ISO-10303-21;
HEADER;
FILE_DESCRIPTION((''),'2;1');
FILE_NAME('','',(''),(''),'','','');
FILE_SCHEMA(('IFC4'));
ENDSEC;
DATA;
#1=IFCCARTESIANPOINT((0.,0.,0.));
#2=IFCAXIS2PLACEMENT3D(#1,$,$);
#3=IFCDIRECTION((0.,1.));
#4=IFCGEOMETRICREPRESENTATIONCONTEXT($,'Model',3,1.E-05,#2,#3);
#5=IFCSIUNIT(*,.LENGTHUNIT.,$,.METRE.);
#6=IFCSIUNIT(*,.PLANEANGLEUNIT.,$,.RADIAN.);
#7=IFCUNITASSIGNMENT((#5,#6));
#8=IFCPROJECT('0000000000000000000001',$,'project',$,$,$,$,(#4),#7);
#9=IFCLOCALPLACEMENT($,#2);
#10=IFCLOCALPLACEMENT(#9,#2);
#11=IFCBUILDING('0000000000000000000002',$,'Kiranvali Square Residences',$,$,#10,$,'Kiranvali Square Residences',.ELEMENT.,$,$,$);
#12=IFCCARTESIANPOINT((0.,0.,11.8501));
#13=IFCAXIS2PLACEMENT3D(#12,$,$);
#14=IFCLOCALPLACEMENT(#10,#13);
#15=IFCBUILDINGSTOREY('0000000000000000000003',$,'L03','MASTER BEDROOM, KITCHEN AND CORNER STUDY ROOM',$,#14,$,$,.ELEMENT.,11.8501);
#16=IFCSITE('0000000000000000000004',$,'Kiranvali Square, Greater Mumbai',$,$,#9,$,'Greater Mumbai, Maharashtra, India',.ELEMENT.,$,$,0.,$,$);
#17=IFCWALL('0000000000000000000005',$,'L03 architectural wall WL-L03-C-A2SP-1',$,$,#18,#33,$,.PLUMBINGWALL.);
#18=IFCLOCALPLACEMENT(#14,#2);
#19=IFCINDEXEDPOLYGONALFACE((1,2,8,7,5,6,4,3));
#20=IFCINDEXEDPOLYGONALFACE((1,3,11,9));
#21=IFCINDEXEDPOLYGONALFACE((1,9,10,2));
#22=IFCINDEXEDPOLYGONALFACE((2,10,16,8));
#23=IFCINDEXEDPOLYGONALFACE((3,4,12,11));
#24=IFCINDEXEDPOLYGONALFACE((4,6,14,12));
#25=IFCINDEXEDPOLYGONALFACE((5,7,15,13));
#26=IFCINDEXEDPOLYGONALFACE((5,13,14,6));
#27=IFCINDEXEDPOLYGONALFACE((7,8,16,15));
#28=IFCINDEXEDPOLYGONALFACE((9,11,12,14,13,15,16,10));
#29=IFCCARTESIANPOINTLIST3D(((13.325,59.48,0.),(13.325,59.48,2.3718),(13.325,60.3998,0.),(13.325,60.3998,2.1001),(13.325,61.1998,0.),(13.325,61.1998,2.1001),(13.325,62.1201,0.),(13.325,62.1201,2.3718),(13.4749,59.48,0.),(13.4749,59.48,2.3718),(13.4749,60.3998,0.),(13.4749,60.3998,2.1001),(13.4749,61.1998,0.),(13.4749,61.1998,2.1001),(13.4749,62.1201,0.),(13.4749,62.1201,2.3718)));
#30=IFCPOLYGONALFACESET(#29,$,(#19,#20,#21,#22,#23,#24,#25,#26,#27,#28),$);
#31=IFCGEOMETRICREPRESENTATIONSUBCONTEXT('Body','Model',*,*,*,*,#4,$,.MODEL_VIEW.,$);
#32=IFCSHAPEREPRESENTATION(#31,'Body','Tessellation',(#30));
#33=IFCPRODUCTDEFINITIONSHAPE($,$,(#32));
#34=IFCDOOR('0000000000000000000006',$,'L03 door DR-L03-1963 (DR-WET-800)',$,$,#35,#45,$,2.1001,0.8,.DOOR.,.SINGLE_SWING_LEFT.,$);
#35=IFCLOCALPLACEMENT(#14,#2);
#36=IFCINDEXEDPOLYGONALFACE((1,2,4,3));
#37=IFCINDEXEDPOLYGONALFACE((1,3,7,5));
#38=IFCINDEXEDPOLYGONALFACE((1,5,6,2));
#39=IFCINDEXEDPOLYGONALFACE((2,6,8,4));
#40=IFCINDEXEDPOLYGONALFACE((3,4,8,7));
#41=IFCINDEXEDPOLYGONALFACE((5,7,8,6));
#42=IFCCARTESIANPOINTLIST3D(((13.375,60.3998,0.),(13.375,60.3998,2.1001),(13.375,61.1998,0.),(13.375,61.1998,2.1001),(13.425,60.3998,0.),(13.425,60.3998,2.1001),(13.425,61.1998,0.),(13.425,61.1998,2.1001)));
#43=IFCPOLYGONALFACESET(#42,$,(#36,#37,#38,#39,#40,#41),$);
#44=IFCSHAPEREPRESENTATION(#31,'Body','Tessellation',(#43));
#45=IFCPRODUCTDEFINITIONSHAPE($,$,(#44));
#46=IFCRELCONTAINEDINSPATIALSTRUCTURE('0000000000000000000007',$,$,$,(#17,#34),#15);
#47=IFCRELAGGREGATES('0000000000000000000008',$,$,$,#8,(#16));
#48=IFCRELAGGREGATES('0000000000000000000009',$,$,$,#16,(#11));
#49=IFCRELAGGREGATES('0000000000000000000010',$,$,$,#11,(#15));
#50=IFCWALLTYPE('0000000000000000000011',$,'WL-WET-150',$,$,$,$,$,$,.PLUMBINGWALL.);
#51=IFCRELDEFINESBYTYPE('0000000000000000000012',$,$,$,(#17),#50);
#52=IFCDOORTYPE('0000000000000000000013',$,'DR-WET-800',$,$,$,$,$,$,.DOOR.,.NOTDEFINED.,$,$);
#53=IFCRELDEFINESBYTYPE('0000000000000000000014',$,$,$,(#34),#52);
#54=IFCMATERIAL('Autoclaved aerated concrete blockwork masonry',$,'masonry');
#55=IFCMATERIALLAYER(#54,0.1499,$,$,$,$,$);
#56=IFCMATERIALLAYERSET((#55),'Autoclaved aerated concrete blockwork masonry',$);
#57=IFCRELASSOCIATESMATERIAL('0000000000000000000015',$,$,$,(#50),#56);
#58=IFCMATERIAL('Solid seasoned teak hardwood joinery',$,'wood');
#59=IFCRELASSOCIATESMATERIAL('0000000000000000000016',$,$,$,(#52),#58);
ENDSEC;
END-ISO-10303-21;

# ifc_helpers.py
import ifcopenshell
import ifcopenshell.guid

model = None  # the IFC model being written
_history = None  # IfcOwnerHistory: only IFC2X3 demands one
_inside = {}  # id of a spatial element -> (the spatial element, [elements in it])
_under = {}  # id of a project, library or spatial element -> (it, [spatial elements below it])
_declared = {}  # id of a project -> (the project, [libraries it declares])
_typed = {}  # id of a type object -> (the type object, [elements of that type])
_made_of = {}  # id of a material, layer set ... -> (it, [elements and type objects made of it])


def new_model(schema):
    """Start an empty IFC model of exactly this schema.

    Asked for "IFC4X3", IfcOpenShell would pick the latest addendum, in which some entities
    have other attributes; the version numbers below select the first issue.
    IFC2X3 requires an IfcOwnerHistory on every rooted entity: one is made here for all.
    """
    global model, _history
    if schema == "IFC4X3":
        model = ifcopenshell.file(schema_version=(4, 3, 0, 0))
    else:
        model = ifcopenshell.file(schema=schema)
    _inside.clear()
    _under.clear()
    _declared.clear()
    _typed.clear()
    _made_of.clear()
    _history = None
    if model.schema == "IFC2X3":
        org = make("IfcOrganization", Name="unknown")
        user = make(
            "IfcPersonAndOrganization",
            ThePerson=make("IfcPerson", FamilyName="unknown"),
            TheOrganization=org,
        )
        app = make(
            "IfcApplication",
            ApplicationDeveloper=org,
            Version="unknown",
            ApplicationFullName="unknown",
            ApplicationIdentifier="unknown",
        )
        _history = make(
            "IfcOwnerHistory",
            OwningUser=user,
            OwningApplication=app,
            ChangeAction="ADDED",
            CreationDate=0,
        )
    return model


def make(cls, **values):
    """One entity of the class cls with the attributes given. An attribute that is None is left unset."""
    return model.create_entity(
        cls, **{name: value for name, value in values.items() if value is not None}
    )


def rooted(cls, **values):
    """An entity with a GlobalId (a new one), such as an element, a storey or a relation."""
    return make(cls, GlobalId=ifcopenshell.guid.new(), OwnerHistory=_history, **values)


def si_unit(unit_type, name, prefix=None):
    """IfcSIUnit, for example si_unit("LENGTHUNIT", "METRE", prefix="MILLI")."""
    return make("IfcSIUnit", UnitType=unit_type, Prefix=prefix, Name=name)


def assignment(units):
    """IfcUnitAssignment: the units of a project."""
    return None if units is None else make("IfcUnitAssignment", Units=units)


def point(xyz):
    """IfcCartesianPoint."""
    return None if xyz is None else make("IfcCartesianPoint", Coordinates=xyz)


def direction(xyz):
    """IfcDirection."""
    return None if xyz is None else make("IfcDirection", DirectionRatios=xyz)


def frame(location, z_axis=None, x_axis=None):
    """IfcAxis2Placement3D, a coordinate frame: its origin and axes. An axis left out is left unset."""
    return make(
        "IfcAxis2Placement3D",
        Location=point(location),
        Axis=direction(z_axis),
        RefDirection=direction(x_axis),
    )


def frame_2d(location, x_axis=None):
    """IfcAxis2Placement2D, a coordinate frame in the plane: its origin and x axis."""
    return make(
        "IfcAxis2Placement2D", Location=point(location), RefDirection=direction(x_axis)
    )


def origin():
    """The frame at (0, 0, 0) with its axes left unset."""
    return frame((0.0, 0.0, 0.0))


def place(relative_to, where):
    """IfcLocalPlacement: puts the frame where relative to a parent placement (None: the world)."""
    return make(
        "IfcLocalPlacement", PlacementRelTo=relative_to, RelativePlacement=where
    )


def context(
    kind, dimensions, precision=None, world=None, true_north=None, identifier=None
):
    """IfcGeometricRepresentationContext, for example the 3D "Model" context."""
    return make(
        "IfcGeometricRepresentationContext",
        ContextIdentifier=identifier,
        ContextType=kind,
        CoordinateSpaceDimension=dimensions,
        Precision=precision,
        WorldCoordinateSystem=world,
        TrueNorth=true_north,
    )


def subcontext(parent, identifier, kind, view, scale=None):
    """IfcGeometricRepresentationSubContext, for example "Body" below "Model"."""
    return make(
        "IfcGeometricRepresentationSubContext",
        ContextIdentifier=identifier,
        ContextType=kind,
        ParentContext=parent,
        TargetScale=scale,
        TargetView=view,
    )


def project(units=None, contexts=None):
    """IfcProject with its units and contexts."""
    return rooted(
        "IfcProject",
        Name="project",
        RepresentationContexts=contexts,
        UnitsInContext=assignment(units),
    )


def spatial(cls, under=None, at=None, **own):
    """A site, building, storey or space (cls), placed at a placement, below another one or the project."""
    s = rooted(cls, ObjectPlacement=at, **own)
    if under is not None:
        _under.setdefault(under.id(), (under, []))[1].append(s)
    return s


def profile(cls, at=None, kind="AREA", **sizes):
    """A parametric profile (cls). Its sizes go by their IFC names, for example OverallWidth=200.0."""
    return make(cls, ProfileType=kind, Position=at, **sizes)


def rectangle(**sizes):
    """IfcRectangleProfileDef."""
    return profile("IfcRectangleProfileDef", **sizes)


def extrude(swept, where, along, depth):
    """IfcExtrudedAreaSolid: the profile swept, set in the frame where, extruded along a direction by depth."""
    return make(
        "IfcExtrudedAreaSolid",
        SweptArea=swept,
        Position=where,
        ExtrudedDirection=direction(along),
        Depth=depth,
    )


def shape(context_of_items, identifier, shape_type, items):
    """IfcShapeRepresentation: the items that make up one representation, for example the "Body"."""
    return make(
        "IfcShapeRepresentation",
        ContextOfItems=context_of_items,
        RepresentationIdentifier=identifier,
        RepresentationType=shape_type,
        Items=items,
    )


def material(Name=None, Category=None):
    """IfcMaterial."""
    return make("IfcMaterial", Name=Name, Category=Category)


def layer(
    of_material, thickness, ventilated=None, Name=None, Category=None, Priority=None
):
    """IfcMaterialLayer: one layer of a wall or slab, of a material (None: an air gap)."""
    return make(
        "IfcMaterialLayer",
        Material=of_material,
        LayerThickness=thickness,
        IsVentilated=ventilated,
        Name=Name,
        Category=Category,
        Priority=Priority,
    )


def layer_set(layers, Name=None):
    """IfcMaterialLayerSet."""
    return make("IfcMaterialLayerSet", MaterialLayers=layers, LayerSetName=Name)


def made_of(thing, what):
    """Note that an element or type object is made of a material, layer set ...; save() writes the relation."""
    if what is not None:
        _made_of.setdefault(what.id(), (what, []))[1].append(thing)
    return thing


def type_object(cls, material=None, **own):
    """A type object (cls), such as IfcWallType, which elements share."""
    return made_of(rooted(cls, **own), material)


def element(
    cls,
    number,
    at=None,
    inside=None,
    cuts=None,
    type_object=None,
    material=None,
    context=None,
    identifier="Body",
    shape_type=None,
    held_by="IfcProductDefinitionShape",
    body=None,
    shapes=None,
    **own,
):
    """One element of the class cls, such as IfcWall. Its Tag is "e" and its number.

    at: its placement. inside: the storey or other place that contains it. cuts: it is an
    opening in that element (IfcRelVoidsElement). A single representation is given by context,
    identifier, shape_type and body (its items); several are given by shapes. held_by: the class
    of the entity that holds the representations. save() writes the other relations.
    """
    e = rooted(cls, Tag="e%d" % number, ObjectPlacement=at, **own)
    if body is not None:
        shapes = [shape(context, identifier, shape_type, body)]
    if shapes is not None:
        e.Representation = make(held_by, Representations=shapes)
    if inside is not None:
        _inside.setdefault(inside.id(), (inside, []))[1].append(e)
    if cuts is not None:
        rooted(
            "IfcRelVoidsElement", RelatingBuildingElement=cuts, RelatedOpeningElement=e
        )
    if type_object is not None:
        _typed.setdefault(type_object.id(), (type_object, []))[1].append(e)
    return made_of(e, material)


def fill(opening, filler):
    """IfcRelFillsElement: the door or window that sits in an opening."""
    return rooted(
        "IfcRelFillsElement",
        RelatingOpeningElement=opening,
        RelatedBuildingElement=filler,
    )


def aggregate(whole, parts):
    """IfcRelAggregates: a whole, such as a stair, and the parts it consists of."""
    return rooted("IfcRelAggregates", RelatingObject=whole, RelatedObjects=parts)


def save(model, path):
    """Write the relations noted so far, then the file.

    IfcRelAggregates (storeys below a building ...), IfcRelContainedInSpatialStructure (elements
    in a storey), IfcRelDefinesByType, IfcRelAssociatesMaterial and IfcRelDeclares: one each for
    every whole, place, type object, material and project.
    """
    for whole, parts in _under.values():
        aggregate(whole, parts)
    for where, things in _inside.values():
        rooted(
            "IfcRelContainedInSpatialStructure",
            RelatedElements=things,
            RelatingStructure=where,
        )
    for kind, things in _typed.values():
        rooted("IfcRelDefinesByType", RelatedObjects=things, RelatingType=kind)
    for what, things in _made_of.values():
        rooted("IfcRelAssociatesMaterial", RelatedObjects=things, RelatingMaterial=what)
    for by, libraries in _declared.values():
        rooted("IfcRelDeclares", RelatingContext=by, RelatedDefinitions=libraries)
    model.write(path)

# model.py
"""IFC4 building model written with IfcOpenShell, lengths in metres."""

from ifc_helpers import new_model, si_unit, direction, frame, frame_2d, origin, place, context, subcontext, project, spatial, rectangle, extrude, material, layer, layer_set, type_object, element, fill, save


model = new_model("IFC4")

# Units and contexts
model_context = context("Model", 3, precision=1e-05, world=origin(), true_north=direction((0.0, 1.0)))
body_context = subcontext(model_context, "Body", "Model", "MODEL_VIEW")
ifc_project = project(units=[si_unit("LENGTHUNIT", "METRE"), si_unit("PLANEANGLEUNIT", "RADIAN")], contexts=[model_context])

# Site, building, storey
site_placement = place(None, origin())
site = spatial("IfcSite", under=ifc_project, at=site_placement, Name="Kiranvali Square, Greater Mumbai", LongName="Greater Mumbai, Maharashtra, India", CompositionType="ELEMENT", RefElevation=0.0)
building_placement = place(site_placement, origin())
building = spatial("IfcBuilding", under=site, at=building_placement, Name="Kiranvali Square Residences", LongName="Kiranvali Square Residences", CompositionType="ELEMENT")
storey_placement = place(building_placement, frame((0.0, 0.0, 11.8501)))
storey = spatial("IfcBuildingStorey", under=building, at=storey_placement, Name="L03", Description="MASTER BEDROOM, KITCHEN AND CORNER STUDY ROOM", CompositionType="ELEMENT", Elevation=11.8501)

# Shared definitions
ifc_material_1 = material(Name="Autoclaved aerated concrete blockwork masonry", Category="masonry")

# Shared definitions
ifc_material_2 = material(Name="Solid seasoned teak hardwood joinery", Category="wood")

# Wall, opening, door
ifc_layer_1 = layer(ifc_material_1, 0.1499)
ifc_layer_set_1 = layer_set([ifc_layer_1], Name="Autoclaved aerated concrete blockwork masonry")
wall_type_1 = type_object("IfcWallType", Name="WL-WET-150", PredefinedType="PLUMBINGWALL", material=ifc_layer_set_1)
wall_1_placement = place(storey_placement, frame((13.3999, 59.48, 0.0), z_axis=(0.0, 0.0, 1.0), x_axis=(0.0, 1.0, 0.0)))
wall_1 = element("IfcWall", 1, at=wall_1_placement, inside=storey, type_object=wall_type_1, Name="L03 architectural wall WL-L03-C-A2SP-1", PredefinedType="PLUMBINGWALL", context=body_context, shape_type="SweptSolid", body=[
    extrude(rectangle(XDim=2.6401, YDim=0.1499, at=frame_2d((1.3201, 0.0))), origin(), (0.0, 0.0, 1.0), 2.3718),
])
opening_1_placement = place(wall_1_placement, frame((0.9199, 0.0, 0.0)))
opening_1 = element("IfcOpeningElement", 2, at=opening_1_placement, cuts=wall_1, PredefinedType="OPENING", context=body_context, shape_type="SweptSolid", body=[
    extrude(rectangle(XDim=0.8, YDim=2.1001, at=frame_2d((0.3999, 1.05))), frame((0.0, 0.085, 0.0), z_axis=(0.0, -1.0, 0.0), x_axis=(1.0, 0.0, 0.0)), (0.0, 0.0, 1.0), 0.1699),
])
door_type_1 = type_object("IfcDoorType", Name="DR-WET-800", OperationType="NOTDEFINED", PredefinedType="DOOR", material=ifc_material_2)
door_1_placement = place(opening_1_placement, origin())
door_1 = element("IfcDoor", 3, at=door_1_placement, inside=storey, type_object=door_type_1, Name="L03 door DR-L03-1963 (DR-WET-800)", OperationType="SINGLE_SWING_LEFT", OverallHeight=2.1001, OverallWidth=0.8, PredefinedType="DOOR", context=body_context, shape_type="SweptSolid", body=[
    extrude(rectangle(XDim=0.8, YDim=2.1001, at=frame_2d((0.3999, 1.05))), frame((0.0, 0.0249, 0.0), z_axis=(0.0, -1.0, 0.0), x_axis=(1.0, 0.0, 0.0)), (0.0, 0.0, 1.0), 0.05),
])
fill(opening_1, door_1)

save(model, "model.ifc")
